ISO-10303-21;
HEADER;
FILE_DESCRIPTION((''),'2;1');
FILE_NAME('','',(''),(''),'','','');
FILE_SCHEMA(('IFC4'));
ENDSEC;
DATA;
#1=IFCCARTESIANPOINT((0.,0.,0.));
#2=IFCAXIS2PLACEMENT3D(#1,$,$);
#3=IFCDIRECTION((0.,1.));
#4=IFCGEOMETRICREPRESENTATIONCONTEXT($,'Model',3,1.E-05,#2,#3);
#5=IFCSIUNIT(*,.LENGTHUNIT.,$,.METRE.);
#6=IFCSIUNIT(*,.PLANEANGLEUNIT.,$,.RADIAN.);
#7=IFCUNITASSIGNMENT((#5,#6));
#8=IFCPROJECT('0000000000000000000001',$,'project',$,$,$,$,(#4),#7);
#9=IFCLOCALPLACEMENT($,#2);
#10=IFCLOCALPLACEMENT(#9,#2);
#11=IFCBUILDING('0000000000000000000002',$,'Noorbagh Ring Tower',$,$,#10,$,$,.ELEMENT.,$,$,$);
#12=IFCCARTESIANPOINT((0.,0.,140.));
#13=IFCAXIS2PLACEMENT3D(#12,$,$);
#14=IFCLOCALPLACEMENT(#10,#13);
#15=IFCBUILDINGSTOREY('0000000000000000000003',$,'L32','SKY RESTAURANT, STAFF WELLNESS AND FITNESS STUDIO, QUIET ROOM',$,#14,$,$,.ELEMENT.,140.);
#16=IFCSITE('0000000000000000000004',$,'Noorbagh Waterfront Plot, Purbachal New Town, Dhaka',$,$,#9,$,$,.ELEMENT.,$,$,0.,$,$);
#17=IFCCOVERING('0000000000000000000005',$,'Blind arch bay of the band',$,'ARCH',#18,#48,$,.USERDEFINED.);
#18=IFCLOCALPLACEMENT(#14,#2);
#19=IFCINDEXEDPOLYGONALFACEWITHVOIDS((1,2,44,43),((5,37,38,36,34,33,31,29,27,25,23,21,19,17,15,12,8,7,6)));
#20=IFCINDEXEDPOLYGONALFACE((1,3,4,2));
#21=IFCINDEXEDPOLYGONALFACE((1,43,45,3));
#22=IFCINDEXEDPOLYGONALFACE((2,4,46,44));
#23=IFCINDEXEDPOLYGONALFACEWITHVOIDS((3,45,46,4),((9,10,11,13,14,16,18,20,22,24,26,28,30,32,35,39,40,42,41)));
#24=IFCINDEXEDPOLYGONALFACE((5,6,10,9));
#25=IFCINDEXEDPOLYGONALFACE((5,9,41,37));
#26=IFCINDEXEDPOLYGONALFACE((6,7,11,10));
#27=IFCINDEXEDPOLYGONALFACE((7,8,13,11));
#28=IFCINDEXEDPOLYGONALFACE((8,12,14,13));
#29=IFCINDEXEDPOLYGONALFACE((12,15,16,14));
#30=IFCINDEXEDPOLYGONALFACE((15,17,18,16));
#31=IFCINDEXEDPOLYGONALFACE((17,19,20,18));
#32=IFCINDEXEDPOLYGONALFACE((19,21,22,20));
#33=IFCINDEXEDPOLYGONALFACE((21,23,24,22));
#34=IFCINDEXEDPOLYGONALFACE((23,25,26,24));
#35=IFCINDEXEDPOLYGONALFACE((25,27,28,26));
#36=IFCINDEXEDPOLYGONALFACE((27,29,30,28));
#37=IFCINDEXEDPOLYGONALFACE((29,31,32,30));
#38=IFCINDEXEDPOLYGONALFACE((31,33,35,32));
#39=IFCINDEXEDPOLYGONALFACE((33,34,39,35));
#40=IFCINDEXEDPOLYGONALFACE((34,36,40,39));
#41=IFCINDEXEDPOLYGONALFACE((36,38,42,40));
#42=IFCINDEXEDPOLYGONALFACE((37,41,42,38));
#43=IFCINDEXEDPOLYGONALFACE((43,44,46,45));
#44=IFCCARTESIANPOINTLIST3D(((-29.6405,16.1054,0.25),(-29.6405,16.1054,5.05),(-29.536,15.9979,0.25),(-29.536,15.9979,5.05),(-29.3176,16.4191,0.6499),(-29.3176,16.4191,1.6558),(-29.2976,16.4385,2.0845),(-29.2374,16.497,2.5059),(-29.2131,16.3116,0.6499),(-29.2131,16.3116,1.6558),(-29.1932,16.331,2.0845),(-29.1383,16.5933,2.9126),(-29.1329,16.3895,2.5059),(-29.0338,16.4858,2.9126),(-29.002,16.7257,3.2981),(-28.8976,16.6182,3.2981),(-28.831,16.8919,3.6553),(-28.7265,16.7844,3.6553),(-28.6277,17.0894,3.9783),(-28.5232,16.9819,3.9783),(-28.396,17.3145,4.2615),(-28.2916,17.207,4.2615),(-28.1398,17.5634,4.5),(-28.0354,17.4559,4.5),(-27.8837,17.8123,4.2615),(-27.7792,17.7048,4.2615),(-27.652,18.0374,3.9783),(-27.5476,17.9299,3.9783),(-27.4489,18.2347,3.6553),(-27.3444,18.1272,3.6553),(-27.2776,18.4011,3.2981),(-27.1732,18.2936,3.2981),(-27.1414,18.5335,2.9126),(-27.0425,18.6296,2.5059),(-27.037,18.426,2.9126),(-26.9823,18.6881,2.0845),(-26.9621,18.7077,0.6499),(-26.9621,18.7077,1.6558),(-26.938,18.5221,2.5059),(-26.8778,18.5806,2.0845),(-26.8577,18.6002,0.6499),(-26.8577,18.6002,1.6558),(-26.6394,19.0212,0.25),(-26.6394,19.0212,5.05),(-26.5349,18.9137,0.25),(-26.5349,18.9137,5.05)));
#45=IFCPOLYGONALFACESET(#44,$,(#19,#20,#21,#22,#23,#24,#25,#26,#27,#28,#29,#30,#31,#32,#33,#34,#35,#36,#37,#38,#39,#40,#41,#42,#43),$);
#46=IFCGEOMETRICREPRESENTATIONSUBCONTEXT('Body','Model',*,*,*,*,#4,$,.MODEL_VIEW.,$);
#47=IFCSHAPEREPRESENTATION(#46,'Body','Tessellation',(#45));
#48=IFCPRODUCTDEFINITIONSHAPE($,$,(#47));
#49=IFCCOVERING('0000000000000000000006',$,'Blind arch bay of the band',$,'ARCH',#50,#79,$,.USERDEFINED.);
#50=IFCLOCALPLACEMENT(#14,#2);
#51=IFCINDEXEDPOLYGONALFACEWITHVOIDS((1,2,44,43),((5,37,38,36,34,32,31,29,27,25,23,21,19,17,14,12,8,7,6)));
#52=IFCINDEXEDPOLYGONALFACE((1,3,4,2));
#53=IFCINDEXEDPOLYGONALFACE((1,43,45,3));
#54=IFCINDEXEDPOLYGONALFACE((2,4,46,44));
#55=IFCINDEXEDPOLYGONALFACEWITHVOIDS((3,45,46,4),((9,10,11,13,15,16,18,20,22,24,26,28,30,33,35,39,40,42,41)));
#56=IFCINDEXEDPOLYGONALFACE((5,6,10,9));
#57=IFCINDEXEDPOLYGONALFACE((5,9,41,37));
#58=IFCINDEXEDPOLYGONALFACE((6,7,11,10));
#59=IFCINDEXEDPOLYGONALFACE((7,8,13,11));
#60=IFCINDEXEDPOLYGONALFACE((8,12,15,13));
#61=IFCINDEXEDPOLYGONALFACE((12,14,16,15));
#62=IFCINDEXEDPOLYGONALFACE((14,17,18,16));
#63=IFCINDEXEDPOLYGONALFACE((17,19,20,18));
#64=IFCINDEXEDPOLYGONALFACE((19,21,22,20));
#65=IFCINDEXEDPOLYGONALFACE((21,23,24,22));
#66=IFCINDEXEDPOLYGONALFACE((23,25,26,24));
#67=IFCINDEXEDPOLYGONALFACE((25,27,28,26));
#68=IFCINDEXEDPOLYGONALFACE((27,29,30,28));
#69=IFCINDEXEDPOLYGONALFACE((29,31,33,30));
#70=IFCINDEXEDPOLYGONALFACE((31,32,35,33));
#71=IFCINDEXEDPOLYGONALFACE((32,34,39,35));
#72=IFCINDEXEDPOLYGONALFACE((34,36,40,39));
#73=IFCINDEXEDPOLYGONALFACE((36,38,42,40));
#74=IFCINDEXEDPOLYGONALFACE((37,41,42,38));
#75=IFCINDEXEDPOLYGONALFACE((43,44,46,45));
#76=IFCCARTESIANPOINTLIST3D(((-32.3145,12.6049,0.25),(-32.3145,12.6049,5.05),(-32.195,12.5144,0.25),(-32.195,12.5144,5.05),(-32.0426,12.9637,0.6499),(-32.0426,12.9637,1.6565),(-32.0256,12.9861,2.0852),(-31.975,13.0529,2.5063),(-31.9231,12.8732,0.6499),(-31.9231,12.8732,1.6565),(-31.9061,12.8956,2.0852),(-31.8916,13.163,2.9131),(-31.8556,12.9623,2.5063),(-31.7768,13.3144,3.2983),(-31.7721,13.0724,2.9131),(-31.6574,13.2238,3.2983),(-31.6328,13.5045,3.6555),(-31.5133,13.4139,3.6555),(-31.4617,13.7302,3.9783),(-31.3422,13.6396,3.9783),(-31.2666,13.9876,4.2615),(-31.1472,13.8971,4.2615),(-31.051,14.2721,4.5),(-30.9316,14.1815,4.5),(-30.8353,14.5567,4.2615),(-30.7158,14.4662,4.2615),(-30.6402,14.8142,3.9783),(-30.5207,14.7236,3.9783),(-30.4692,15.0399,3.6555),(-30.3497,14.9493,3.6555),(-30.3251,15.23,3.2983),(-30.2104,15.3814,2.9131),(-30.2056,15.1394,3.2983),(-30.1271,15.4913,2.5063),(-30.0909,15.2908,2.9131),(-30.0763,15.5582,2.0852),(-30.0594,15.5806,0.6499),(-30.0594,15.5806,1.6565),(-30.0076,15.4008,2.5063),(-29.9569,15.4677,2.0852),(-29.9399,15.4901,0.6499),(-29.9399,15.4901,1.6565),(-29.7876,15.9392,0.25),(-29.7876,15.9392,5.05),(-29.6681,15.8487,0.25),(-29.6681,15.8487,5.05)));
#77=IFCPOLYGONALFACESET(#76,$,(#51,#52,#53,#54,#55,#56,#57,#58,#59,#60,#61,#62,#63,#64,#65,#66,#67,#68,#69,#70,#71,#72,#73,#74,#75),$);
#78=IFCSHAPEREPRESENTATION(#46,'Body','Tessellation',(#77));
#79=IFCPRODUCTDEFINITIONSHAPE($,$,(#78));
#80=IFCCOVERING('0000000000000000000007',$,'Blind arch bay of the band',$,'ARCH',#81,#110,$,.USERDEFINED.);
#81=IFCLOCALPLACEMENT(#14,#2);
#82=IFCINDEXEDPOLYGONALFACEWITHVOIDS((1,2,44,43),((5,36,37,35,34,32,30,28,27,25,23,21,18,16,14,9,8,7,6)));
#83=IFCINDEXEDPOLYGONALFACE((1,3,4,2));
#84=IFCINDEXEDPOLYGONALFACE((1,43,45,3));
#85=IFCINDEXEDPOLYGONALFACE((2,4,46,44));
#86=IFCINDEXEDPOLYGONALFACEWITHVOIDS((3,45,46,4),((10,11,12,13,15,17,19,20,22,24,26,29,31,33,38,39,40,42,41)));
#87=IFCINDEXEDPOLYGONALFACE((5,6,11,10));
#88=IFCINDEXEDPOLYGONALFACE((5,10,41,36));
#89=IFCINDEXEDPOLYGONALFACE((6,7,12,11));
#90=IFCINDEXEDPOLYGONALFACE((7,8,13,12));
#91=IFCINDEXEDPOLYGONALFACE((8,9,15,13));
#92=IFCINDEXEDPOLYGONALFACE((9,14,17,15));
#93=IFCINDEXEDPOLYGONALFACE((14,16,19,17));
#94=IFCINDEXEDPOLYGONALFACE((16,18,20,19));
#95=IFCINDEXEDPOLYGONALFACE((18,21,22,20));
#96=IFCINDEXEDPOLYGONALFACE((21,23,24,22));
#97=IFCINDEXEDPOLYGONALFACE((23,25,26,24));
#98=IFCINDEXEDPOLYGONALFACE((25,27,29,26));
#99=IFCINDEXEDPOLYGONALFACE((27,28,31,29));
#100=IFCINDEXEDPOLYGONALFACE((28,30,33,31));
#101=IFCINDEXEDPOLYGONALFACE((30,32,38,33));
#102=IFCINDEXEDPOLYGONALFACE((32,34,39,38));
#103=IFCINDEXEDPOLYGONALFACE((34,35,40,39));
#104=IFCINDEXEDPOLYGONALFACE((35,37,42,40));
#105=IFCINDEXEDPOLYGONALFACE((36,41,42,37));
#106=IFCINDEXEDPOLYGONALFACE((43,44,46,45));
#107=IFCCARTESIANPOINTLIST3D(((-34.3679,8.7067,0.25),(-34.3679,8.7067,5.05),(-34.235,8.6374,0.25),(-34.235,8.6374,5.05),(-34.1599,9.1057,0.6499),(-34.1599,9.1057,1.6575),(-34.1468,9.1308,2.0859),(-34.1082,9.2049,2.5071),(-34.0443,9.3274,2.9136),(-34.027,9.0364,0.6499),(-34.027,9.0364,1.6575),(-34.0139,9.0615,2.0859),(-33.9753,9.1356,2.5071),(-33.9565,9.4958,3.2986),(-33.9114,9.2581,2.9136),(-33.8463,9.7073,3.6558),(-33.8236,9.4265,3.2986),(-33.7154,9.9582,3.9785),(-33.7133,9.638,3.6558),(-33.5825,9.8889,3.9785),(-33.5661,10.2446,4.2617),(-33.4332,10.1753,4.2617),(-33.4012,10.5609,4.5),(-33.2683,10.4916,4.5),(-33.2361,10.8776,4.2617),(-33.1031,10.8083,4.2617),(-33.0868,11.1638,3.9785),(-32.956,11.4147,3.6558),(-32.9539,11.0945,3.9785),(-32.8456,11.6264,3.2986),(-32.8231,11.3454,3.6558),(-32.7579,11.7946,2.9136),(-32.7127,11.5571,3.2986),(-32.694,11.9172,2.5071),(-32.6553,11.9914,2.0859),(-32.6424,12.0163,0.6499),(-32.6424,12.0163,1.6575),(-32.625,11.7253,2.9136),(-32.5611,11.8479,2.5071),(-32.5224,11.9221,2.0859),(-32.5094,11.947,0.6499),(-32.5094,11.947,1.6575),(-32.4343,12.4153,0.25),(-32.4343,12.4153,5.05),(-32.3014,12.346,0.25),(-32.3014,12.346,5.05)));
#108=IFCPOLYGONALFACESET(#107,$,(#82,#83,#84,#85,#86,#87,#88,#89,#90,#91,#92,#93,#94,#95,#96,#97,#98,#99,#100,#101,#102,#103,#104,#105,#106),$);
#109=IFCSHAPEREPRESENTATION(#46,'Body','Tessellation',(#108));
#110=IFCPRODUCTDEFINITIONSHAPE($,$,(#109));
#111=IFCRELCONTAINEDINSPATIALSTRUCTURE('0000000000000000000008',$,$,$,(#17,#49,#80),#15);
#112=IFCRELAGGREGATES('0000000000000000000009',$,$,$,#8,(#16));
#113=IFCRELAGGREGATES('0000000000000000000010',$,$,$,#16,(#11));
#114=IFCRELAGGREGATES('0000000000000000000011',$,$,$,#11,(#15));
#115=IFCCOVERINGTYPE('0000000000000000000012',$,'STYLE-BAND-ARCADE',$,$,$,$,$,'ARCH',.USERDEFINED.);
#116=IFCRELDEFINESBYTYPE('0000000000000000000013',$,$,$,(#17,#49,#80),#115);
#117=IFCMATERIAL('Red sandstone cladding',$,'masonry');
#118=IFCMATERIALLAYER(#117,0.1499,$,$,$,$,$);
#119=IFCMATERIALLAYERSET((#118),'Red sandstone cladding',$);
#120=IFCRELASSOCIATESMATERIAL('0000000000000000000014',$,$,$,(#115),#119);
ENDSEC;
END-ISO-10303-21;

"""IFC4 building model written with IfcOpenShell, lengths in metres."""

from ifc_helpers import new_model, si_unit, direction, frame, origin, place, context, subcontext, project, spatial, polyline, outline, extrude, material, layer, layer_set, type_object, element, save


model = new_model("IFC4")

# Units and contexts
model_context = context("Model", 3, precision=1e-05, world=origin(), true_north=direction((0.0, 1.0)))
body_context = subcontext(model_context, "Body", "Model", "MODEL_VIEW")
ifc_project = project(units=[si_unit("LENGTHUNIT", "METRE"), si_unit("PLANEANGLEUNIT", "RADIAN")], contexts=[model_context])

# Site, building, storey
site_placement = place(None, origin())
site = spatial("IfcSite", under=ifc_project, at=site_placement, Name="Noorbagh Waterfront Plot, Purbachal New Town, Dhaka", CompositionType="ELEMENT", RefElevation=0.0)
building_placement = place(site_placement, origin())
building = spatial("IfcBuilding", under=site, at=building_placement, Name="Noorbagh Ring Tower", CompositionType="ELEMENT")
storey_placement = place(building_placement, frame((0.0, 0.0, 140.0)))
storey = spatial("IfcBuildingStorey", under=building, at=storey_placement, Name="L32", Description="SKY RESTAURANT, STAFF WELLNESS AND FITNESS STUDIO, QUIET ROOM", CompositionType="ELEMENT", Elevation=140.0)

# Coverings
ifc_material_1 = material(Name="Red sandstone cladding", Category="masonry")
ifc_layer_1 = layer(ifc_material_1, 0.1499)
ifc_layer_set_1 = layer_set([ifc_layer_1], Name="Red sandstone cladding")
covering_type_1 = type_object("IfcCoveringType", Name="STYLE-BAND-ARCADE", ElementType="ARCH", PredefinedType="USERDEFINED", material=ifc_layer_set_1)
covering_1_placement = place(storey_placement, frame((-26.6394, 19.0212, 0.25), z_axis=(-0.696852, 0.717215, 0.0), x_axis=(-0.717215, -0.696852, 0.0)))
element("IfcCovering", 1, at=covering_1_placement, inside=storey, type_object=covering_type_1, Name="Blind arch bay of the band", ObjectType="ARCH", PredefinedType="USERDEFINED", context=body_context, shape_type="SweptSolid", body=[
    extrude(outline(polyline([(0.0, 0.0), (4.1843, 0.0), (4.1843, 4.8), (0.0, 4.8), (0.0, 0.0)]), holes=[polyline([(0.45, 0.3999), (0.45, 1.4058), (0.478, 1.8345), (0.562, 2.2559), (0.7, 2.6626), (0.8899, 3.0481), (1.1287, 3.4053), (1.4119, 3.7283), (1.7349, 4.0115), (2.092, 4.25), (2.4492, 4.0115), (2.7722, 3.7283), (3.0557, 3.4053), (3.2942, 3.0481), (3.4841, 2.6626), (3.6223, 2.2559), (3.7063, 1.8345), (3.7341, 1.4058), (3.7341, 0.3999), (0.45, 0.3999)])]), origin(), (0.0, 0.0, -1.0), 0.1499),
])
covering_2_placement = place(storey_placement, frame((-29.7876, 15.9392, 0.25), z_axis=(-0.796986, 0.603998, 0.0), x_axis=(-0.603998, -0.796986, 0.0)))
element("IfcCovering", 2, at=covering_2_placement, inside=storey, type_object=covering_type_1, Name="Blind arch bay of the band", ObjectType="ARCH", PredefinedType="USERDEFINED", context=body_context, shape_type="SweptSolid", body=[
    extrude(outline(polyline([(0.0, 0.0), (4.1836, 0.0), (4.1836, 4.8), (0.0, 4.8), (0.0, 0.0)]), holes=[polyline([(0.45, 0.3999), (0.45, 1.4065), (0.478, 1.8352), (0.562, 2.2563), (0.7, 2.6631), (0.8899, 3.0483), (1.1284, 3.4055), (1.4116, 3.7283), (1.7346, 4.0115), (2.0918, 4.25), (2.4487, 4.0115), (2.7717, 3.7283), (3.0549, 3.4055), (3.2935, 3.0483), (3.4834, 2.6631), (3.6216, 2.2563), (3.7053, 1.8352), (3.7334, 1.4065), (3.7334, 0.3999), (0.45, 0.3999)])]), origin(), (0.0, 0.0, -1.0), 0.1499),
])
covering_3_placement = place(storey_placement, frame((-32.4343, 12.4153, 0.25), z_axis=(-0.88671, 0.462327, 0.0), x_axis=(-0.462327, -0.88671, 0.0)))
element("IfcCovering", 3, at=covering_3_placement, inside=storey, type_object=covering_type_1, Name="Blind arch bay of the band", ObjectType="ARCH", PredefinedType="USERDEFINED", context=body_context, shape_type="SweptSolid", body=[
    extrude(outline(polyline([(0.0, 0.0), (4.1824, 0.0), (4.1824, 4.8), (0.0, 4.8), (0.0, 0.0)]), holes=[polyline([(0.45, 0.3999), (0.45, 1.4075), (0.478, 1.8359), (0.5618, 2.2571), (0.7, 2.6636), (0.8896, 3.0486), (1.1284, 3.4058), (1.4114, 3.7285), (1.7341, 4.0117), (2.0913, 4.25), (2.448, 4.0117), (2.771, 3.7285), (3.054, 3.4058), (3.2925, 3.0486), (3.4824, 2.6636), (3.6206, 2.2571), (3.7041, 1.8359), (3.7324, 1.4075), (3.7324, 0.3999), (0.45, 0.3999)])]), origin(), (0.0, 0.0, -1.0), 0.1499),
])

save(model, "model.ifc")
